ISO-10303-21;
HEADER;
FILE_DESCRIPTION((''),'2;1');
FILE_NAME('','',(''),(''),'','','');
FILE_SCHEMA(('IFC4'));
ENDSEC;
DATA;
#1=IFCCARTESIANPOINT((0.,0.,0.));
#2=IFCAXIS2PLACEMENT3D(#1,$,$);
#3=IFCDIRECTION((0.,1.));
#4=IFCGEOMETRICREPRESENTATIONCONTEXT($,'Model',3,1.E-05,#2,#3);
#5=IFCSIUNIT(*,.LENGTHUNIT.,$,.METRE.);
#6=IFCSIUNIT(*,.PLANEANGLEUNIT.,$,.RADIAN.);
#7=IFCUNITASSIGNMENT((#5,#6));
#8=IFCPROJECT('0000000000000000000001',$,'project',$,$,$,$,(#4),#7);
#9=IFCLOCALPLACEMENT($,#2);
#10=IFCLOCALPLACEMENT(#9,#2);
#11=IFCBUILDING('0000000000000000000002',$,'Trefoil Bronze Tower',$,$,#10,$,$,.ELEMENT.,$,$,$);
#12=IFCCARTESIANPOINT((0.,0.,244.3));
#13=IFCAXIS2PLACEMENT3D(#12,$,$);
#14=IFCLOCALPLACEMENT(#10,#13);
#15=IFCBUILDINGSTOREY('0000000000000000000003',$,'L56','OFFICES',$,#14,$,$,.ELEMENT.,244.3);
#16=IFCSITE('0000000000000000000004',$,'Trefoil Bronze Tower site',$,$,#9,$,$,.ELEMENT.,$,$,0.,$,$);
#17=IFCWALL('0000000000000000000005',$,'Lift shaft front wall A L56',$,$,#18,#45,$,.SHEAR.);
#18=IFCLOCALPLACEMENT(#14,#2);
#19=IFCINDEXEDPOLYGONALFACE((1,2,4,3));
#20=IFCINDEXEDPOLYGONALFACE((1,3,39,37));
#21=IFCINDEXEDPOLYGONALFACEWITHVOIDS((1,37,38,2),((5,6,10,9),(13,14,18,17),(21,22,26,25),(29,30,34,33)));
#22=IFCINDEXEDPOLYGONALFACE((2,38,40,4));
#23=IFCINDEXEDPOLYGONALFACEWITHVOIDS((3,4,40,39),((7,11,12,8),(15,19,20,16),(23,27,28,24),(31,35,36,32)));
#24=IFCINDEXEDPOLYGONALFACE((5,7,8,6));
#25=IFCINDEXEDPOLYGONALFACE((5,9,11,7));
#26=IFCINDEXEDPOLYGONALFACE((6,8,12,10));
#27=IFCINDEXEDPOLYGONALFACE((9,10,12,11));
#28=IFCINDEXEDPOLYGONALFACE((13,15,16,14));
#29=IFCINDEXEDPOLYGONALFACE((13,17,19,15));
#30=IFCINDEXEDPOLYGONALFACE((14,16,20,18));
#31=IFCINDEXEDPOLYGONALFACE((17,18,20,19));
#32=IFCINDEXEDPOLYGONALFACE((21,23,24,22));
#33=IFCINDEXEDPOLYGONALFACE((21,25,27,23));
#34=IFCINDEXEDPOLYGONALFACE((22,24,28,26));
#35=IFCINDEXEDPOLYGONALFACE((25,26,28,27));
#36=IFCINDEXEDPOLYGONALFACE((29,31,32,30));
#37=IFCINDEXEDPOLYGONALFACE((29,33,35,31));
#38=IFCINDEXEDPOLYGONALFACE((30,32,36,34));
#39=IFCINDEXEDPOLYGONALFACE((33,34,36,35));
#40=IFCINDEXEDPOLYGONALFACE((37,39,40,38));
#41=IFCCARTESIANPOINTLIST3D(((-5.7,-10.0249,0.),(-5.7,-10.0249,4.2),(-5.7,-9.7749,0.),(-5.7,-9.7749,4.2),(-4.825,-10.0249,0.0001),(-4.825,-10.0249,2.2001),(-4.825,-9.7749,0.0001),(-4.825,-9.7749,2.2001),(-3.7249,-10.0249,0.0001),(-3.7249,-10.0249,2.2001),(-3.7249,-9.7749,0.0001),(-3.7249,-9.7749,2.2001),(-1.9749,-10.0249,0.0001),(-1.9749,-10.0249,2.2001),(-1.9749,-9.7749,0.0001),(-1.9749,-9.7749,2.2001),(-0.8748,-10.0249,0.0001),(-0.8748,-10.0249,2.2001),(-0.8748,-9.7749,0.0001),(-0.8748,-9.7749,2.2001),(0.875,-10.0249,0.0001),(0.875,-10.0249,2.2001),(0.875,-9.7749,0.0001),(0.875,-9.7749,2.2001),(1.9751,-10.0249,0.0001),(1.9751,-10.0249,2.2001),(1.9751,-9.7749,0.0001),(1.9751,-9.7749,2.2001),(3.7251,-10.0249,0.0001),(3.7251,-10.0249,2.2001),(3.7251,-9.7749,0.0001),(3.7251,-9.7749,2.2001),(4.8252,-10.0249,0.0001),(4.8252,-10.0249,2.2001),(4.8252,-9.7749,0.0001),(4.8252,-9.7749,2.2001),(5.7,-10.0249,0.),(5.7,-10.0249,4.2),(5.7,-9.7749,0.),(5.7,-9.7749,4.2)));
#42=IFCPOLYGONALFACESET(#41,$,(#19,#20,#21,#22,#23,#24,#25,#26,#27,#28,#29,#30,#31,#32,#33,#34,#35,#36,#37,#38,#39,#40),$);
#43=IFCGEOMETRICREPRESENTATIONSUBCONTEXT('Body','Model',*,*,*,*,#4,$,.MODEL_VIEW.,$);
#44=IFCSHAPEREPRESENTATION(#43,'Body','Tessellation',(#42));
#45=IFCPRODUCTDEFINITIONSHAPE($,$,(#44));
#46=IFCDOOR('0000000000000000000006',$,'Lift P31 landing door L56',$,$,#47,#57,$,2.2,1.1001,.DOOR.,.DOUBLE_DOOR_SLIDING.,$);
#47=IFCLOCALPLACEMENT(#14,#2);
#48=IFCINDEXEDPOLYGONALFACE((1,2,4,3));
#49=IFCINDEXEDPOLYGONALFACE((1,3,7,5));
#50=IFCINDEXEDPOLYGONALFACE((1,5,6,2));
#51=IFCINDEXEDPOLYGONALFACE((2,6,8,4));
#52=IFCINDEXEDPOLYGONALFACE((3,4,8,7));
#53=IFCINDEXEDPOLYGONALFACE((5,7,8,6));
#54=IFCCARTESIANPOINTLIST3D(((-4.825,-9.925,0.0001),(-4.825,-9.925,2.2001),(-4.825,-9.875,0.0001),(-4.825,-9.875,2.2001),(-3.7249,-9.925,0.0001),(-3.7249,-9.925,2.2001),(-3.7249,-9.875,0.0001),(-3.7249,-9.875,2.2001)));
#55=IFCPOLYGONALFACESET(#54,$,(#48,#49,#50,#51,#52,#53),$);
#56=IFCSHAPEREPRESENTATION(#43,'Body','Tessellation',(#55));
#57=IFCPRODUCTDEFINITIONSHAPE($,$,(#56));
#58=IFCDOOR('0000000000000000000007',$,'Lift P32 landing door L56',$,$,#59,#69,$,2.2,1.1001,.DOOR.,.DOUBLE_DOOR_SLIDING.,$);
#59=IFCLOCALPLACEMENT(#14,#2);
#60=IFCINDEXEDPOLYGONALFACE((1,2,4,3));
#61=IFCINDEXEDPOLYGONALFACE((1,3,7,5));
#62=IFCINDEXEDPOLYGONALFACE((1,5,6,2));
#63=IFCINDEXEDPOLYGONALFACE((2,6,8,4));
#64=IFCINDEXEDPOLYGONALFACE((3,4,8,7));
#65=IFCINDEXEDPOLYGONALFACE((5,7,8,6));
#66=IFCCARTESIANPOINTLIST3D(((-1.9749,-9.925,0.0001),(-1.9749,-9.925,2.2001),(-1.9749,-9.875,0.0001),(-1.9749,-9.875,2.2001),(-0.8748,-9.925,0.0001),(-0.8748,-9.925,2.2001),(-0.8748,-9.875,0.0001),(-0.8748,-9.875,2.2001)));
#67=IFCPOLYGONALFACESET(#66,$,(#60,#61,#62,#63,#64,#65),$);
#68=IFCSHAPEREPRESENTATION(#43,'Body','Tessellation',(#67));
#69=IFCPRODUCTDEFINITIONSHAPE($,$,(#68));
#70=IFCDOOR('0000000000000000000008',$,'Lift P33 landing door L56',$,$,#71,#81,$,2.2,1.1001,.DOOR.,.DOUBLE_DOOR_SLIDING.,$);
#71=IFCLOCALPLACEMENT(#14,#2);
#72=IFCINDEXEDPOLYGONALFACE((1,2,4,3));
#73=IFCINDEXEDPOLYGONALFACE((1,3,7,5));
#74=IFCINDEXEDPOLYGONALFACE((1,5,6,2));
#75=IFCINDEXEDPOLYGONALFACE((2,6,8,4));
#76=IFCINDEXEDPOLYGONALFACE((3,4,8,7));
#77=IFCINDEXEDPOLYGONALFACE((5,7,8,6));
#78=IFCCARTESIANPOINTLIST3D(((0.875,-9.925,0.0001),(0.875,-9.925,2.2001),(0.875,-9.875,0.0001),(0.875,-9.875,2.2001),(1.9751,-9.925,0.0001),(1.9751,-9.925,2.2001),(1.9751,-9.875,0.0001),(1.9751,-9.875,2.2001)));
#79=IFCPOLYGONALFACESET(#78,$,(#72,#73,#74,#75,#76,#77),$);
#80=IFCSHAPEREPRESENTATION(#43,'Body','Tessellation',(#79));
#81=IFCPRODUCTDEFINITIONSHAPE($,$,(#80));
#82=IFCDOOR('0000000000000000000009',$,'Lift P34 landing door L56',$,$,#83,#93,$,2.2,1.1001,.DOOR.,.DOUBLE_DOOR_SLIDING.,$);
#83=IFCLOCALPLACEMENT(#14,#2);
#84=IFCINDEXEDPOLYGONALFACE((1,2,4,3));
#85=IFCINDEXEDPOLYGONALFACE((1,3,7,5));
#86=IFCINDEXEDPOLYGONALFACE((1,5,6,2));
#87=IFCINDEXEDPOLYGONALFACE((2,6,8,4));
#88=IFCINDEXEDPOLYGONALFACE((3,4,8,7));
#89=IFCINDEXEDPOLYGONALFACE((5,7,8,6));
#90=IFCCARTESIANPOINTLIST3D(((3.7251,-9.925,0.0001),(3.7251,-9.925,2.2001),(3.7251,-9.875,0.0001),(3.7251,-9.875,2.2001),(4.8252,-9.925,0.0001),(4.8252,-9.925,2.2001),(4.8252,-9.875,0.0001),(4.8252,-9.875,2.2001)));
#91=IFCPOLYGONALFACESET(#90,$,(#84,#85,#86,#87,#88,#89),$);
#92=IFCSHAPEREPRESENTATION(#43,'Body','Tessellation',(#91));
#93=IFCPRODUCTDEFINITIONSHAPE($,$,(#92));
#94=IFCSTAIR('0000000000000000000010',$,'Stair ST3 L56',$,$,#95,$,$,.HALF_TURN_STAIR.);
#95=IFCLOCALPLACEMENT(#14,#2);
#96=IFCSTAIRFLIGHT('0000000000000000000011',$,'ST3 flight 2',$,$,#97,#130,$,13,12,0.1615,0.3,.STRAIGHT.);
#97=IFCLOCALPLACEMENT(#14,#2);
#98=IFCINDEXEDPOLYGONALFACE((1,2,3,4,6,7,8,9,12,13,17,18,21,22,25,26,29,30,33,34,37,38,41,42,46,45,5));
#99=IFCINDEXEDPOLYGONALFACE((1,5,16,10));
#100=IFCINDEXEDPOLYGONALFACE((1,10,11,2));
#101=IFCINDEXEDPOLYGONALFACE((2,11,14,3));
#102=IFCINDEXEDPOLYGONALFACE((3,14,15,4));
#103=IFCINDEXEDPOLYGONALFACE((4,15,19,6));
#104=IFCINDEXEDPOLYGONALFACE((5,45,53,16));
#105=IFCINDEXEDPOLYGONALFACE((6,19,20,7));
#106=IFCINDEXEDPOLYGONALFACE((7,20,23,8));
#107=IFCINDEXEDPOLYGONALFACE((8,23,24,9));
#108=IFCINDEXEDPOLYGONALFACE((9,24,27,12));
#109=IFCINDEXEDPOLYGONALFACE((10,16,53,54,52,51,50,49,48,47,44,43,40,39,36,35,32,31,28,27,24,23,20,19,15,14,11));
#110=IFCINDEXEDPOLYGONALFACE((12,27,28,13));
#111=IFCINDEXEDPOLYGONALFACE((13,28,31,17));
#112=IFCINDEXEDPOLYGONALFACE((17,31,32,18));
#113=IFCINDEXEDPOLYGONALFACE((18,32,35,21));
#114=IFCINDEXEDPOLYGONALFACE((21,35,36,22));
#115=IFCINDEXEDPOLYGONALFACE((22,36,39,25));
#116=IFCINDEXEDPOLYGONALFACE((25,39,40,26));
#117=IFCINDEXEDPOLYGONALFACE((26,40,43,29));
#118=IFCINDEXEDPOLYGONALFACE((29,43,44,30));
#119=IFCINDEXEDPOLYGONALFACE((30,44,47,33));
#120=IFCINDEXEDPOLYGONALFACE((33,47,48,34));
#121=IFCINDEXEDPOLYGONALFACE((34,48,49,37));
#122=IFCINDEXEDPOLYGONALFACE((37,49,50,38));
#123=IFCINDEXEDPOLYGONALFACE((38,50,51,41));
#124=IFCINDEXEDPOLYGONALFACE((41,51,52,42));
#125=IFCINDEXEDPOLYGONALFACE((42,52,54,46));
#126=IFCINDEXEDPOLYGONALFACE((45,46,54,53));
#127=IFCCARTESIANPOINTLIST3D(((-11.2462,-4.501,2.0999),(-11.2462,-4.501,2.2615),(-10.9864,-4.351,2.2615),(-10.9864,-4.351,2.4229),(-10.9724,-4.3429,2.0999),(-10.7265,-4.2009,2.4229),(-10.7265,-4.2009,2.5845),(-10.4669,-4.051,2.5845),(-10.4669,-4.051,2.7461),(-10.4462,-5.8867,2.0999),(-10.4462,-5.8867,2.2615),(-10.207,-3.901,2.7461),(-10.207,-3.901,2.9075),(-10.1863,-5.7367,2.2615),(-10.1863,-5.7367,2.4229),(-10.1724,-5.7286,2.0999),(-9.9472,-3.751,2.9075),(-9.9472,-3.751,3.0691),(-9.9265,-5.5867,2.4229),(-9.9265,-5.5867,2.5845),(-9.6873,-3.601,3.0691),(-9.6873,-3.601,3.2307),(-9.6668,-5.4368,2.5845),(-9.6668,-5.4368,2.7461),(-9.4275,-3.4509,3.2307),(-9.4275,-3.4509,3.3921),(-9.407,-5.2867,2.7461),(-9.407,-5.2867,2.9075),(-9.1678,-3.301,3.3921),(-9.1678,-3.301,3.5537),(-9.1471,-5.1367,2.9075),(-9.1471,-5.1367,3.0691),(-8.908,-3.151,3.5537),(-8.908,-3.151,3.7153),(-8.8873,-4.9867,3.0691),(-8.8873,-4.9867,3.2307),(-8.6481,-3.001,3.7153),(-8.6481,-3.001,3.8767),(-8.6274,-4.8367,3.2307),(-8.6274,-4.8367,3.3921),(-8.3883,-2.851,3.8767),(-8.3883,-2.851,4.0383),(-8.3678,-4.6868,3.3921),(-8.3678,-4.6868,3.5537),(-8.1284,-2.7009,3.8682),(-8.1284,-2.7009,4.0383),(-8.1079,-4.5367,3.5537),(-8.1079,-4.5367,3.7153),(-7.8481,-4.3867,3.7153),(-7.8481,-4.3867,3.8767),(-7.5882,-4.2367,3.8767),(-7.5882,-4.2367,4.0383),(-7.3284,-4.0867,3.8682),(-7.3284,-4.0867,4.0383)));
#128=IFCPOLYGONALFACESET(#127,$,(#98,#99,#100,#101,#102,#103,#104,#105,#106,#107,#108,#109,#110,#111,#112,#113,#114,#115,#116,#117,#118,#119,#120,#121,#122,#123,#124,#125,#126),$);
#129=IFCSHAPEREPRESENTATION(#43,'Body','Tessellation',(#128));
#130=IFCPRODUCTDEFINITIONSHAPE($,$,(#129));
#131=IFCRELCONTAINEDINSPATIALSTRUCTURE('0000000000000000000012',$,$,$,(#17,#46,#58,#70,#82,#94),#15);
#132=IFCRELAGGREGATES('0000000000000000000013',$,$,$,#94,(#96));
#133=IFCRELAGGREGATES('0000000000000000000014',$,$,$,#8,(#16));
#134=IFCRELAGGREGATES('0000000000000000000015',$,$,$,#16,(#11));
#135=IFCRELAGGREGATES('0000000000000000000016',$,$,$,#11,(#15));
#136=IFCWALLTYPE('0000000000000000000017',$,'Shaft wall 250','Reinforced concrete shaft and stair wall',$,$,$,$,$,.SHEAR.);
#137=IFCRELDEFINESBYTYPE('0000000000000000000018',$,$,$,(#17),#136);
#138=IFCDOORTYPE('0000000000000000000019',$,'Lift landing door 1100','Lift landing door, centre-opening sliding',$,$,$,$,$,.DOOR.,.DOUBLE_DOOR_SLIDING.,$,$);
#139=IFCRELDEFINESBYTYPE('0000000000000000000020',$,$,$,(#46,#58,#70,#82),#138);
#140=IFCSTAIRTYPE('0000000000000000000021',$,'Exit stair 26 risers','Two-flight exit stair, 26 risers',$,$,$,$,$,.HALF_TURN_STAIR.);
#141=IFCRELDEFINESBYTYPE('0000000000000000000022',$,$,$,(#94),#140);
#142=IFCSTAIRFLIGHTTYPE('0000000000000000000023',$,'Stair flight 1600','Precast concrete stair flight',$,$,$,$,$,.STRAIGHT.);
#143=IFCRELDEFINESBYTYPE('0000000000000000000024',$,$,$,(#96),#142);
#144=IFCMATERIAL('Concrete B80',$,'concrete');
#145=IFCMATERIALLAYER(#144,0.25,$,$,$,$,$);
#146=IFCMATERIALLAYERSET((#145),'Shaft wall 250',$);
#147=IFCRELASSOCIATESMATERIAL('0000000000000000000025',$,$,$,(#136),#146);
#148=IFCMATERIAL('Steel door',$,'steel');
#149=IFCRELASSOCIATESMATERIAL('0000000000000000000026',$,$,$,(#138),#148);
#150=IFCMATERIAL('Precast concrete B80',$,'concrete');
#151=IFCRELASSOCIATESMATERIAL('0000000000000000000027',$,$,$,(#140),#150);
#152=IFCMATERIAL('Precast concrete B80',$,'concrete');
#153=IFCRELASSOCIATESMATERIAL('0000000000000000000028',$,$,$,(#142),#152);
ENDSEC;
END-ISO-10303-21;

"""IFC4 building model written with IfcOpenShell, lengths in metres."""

from ifc_helpers import new_model, si_unit, direction, frame, frame_2d, origin, place, context, subcontext, project, spatial, polyline, rectangle, outline, extrude, material, layer, layer_set, type_object, element, fill, aggregate, save


model = new_model("IFC4")

# Units and contexts
model_context = context("Model", 3, precision=1e-05, world=origin(), true_north=direction((0.0, 1.0)))
body_context = subcontext(model_context, "Body", "Model", "MODEL_VIEW")
ifc_project = project(units=[si_unit("LENGTHUNIT", "METRE"), si_unit("PLANEANGLEUNIT", "RADIAN")], contexts=[model_context])

# Site, building, storey
site_placement = place(None, origin())
site = spatial("IfcSite", under=ifc_project, at=site_placement, Name="Trefoil Bronze Tower site", CompositionType="ELEMENT", RefElevation=0.0)
building_placement = place(site_placement, origin())
building = spatial("IfcBuilding", under=site, at=building_placement, Name="Trefoil Bronze Tower", CompositionType="ELEMENT")
storey_placement = place(building_placement, frame((0.0, 0.0, 244.3)))
storey = spatial("IfcBuildingStorey", under=building, at=storey_placement, Name="L56", Description="OFFICES", CompositionType="ELEMENT", Elevation=244.3)

# Wall, openings, doors
ifc_material_1 = material(Name="Concrete B80", Category="concrete")
ifc_layer_1 = layer(ifc_material_1, 0.25)
ifc_layer_set_1 = layer_set([ifc_layer_1], Name="Shaft wall 250")
wall_type_1 = type_object("IfcWallType", Name="Shaft wall 250", Description="Reinforced concrete shaft and stair wall", PredefinedType="SHEAR", material=ifc_layer_set_1)
wall_1_placement = place(storey_placement, frame((-5.7, -9.8999, 0.0), z_axis=(0.0, 0.0, 1.0), x_axis=(1.0, 0.0, 0.0)))
wall_1 = element("IfcWall", 1, at=wall_1_placement, inside=storey, type_object=wall_type_1, Name="Lift shaft front wall A L56", PredefinedType="SHEAR", context=body_context, shape_type="SweptSolid", body=[
    extrude(rectangle(XDim=11.3999, YDim=0.25, at=frame_2d((5.7, 0.0))), origin(), (0.0, 0.0, 1.0), 4.2),
])
opening_1_placement = place(wall_1_placement, frame((0.875, 0.0, 0.0)))
opening_1 = element("IfcOpeningElement", 2, at=opening_1_placement, cuts=wall_1, PredefinedType="OPENING", context=body_context, shape_type="SweptSolid", body=[
    extrude(rectangle(XDim=1.1001, YDim=2.2, at=frame_2d((0.55, 1.1001))), frame((0.0, 0.135, 0.0), z_axis=(0.0, -1.0, 0.0), x_axis=(1.0, 0.0, 0.0)), (0.0, 0.0, 1.0), 0.27),
])
opening_2_placement = place(wall_1_placement, frame((3.7251, 0.0, 0.0)))
opening_2 = element("IfcOpeningElement", 3, at=opening_2_placement, cuts=wall_1, PredefinedType="OPENING", context=body_context, shape_type="SweptSolid", body=[
    extrude(rectangle(XDim=1.1001, YDim=2.2, at=frame_2d((0.55, 1.1001))), frame((0.0, 0.135, 0.0), z_axis=(0.0, -1.0, 0.0), x_axis=(1.0, 0.0, 0.0)), (0.0, 0.0, 1.0), 0.27),
])
opening_3_placement = place(wall_1_placement, frame((6.575, 0.0, 0.0)))
opening_3 = element("IfcOpeningElement", 4, at=opening_3_placement, cuts=wall_1, PredefinedType="OPENING", context=body_context, shape_type="SweptSolid", body=[
    extrude(rectangle(XDim=1.1001, YDim=2.2, at=frame_2d((0.55, 1.1001))), frame((0.0, 0.135, 0.0), z_axis=(0.0, -1.0, 0.0), x_axis=(1.0, 0.0, 0.0)), (0.0, 0.0, 1.0), 0.27),
])
opening_4_placement = place(wall_1_placement, frame((9.425, 0.0, 0.0)))
opening_4 = element("IfcOpeningElement", 5, at=opening_4_placement, cuts=wall_1, PredefinedType="OPENING", context=body_context, shape_type="SweptSolid", body=[
    extrude(rectangle(XDim=1.1001, YDim=2.2, at=frame_2d((0.55, 1.1001))), frame((0.0, 0.135, 0.0), z_axis=(0.0, -1.0, 0.0), x_axis=(1.0, 0.0, 0.0)), (0.0, 0.0, 1.0), 0.27),
])
ifc_material_2 = material(Name="Steel door", Category="steel")
door_type_1 = type_object("IfcDoorType", Name="Lift landing door 1100", Description="Lift landing door, centre-opening sliding", OperationType="DOUBLE_DOOR_SLIDING", PredefinedType="DOOR", material=ifc_material_2)
door_1_placement = place(opening_1_placement, origin())
door_1 = element("IfcDoor", 6, at=door_1_placement, inside=storey, type_object=door_type_1, Name="Lift P31 landing door L56", OperationType="DOUBLE_DOOR_SLIDING", OverallHeight=2.2, OverallWidth=1.1001, PredefinedType="DOOR", context=body_context, shape_type="SweptSolid", body=[
    extrude(rectangle(XDim=1.1001, YDim=2.2, at=frame_2d((0.55, 1.1001))), frame((0.0, 0.0249, 0.0), z_axis=(0.0, -1.0, 0.0), x_axis=(1.0, 0.0, 0.0)), (0.0, 0.0, 1.0), 0.05),
])
fill(opening_1, door_1)
door_2_placement = place(opening_2_placement, origin())
door_2 = element("IfcDoor", 7, at=door_2_placement, inside=storey, type_object=door_type_1, Name="Lift P32 landing door L56", OperationType="DOUBLE_DOOR_SLIDING", OverallHeight=2.2, OverallWidth=1.1001, PredefinedType="DOOR", context=body_context, shape_type="SweptSolid", body=[
    extrude(rectangle(XDim=1.1001, YDim=2.2, at=frame_2d((0.55, 1.1001))), frame((0.0, 0.0249, 0.0), z_axis=(0.0, -1.0, 0.0), x_axis=(1.0, 0.0, 0.0)), (0.0, 0.0, 1.0), 0.05),
])
fill(opening_2, door_2)
door_3_placement = place(opening_3_placement, origin())
door_3 = element("IfcDoor", 8, at=door_3_placement, inside=storey, type_object=door_type_1, Name="Lift P33 landing door L56", OperationType="DOUBLE_DOOR_SLIDING", OverallHeight=2.2, OverallWidth=1.1001, PredefinedType="DOOR", context=body_context, shape_type="SweptSolid", body=[
    extrude(rectangle(XDim=1.1001, YDim=2.2, at=frame_2d((0.55, 1.1001))), frame((0.0, 0.0249, 0.0), z_axis=(0.0, -1.0, 0.0), x_axis=(1.0, 0.0, 0.0)), (0.0, 0.0, 1.0), 0.05),
])
fill(opening_3, door_3)
door_4_placement = place(opening_4_placement, origin())
door_4 = element("IfcDoor", 9, at=door_4_placement, inside=storey, type_object=door_type_1, Name="Lift P34 landing door L56", OperationType="DOUBLE_DOOR_SLIDING", OverallHeight=2.2, OverallWidth=1.1001, PredefinedType="DOOR", context=body_context, shape_type="SweptSolid", body=[
    extrude(rectangle(XDim=1.1001, YDim=2.2, at=frame_2d((0.55, 1.1001))), frame((0.0, 0.0249, 0.0), z_axis=(0.0, -1.0, 0.0), x_axis=(1.0, 0.0, 0.0)), (0.0, 0.0, 1.0), 0.05),
])
fill(opening_4, door_4)

# Stair, stair flight
ifc_material_3 = material(Name="Precast concrete B80", Category="concrete")
stair_type = type_object("IfcStairType", Name="Exit stair 26 risers", Description="Two-flight exit stair, 26 risers", PredefinedType="HALF_TURN_STAIR", material=ifc_material_3)
stair_placement = place(storey_placement, origin())
stair = element("IfcStair", 10, at=stair_placement, inside=storey, type_object=stair_type, Name="Stair ST3 L56", PredefinedType="HALF_TURN_STAIR")
ifc_material_4 = material(Name="Precast concrete B80", Category="concrete")
stair_flight_type = type_object("IfcStairFlightType", Name="Stair flight 1600", Description="Precast concrete stair flight", PredefinedType="STRAIGHT", material=ifc_material_4)
stair_flight_placement = place(storey_placement, frame((-10.8462, -5.1938, 2.0999), z_axis=(0.0, 0.0, 1.0), x_axis=(0.866025, 0.5, 0.0)))
stair_flight = element("IfcStairFlight", 11, at=stair_flight_placement, type_object=stair_flight_type, Name="ST3 flight 2", NumberOfRisers=13, NumberOfTreads=12, PredefinedType="STRAIGHT", RiserHeight=0.1615, TreadLength=0.3, context=body_context, shape_type="SweptSolid", body=[
    extrude(outline(polyline([(0.0, 0.0), (0.0, 0.1616), (0.3, 0.1616), (0.3, 0.323), (0.6001, 0.323), (0.6001, 0.4846), (0.8999, 0.4846), (0.8999, 0.6462), (1.2, 0.6462), (1.2, 0.8076), (1.5, 0.8076), (1.5, 0.9692), (1.8, 0.9692), (1.8, 1.1309), (2.1001, 1.1309), (2.1001, 1.2922), (2.3999, 1.2922), (2.3999, 1.4539), (2.7, 1.4539), (2.7, 1.6155), (3.0, 1.6155), (3.0, 1.7769), (3.3, 1.7769), (3.3, 1.9385), (3.6001, 1.9385), (3.6001, 2.1001), (3.6001, 1.7683), (0.3162, 0.0), (0.0, 0.0)])), frame((0.0, 0.8, 0.0), z_axis=(0.0, -1.0, 0.0), x_axis=(1.0, 0.0, 0.0)), (0.0, 0.0, 1.0), 1.6001),
])
aggregate(stair, [stair_flight])

save(model, "model.ifc")
